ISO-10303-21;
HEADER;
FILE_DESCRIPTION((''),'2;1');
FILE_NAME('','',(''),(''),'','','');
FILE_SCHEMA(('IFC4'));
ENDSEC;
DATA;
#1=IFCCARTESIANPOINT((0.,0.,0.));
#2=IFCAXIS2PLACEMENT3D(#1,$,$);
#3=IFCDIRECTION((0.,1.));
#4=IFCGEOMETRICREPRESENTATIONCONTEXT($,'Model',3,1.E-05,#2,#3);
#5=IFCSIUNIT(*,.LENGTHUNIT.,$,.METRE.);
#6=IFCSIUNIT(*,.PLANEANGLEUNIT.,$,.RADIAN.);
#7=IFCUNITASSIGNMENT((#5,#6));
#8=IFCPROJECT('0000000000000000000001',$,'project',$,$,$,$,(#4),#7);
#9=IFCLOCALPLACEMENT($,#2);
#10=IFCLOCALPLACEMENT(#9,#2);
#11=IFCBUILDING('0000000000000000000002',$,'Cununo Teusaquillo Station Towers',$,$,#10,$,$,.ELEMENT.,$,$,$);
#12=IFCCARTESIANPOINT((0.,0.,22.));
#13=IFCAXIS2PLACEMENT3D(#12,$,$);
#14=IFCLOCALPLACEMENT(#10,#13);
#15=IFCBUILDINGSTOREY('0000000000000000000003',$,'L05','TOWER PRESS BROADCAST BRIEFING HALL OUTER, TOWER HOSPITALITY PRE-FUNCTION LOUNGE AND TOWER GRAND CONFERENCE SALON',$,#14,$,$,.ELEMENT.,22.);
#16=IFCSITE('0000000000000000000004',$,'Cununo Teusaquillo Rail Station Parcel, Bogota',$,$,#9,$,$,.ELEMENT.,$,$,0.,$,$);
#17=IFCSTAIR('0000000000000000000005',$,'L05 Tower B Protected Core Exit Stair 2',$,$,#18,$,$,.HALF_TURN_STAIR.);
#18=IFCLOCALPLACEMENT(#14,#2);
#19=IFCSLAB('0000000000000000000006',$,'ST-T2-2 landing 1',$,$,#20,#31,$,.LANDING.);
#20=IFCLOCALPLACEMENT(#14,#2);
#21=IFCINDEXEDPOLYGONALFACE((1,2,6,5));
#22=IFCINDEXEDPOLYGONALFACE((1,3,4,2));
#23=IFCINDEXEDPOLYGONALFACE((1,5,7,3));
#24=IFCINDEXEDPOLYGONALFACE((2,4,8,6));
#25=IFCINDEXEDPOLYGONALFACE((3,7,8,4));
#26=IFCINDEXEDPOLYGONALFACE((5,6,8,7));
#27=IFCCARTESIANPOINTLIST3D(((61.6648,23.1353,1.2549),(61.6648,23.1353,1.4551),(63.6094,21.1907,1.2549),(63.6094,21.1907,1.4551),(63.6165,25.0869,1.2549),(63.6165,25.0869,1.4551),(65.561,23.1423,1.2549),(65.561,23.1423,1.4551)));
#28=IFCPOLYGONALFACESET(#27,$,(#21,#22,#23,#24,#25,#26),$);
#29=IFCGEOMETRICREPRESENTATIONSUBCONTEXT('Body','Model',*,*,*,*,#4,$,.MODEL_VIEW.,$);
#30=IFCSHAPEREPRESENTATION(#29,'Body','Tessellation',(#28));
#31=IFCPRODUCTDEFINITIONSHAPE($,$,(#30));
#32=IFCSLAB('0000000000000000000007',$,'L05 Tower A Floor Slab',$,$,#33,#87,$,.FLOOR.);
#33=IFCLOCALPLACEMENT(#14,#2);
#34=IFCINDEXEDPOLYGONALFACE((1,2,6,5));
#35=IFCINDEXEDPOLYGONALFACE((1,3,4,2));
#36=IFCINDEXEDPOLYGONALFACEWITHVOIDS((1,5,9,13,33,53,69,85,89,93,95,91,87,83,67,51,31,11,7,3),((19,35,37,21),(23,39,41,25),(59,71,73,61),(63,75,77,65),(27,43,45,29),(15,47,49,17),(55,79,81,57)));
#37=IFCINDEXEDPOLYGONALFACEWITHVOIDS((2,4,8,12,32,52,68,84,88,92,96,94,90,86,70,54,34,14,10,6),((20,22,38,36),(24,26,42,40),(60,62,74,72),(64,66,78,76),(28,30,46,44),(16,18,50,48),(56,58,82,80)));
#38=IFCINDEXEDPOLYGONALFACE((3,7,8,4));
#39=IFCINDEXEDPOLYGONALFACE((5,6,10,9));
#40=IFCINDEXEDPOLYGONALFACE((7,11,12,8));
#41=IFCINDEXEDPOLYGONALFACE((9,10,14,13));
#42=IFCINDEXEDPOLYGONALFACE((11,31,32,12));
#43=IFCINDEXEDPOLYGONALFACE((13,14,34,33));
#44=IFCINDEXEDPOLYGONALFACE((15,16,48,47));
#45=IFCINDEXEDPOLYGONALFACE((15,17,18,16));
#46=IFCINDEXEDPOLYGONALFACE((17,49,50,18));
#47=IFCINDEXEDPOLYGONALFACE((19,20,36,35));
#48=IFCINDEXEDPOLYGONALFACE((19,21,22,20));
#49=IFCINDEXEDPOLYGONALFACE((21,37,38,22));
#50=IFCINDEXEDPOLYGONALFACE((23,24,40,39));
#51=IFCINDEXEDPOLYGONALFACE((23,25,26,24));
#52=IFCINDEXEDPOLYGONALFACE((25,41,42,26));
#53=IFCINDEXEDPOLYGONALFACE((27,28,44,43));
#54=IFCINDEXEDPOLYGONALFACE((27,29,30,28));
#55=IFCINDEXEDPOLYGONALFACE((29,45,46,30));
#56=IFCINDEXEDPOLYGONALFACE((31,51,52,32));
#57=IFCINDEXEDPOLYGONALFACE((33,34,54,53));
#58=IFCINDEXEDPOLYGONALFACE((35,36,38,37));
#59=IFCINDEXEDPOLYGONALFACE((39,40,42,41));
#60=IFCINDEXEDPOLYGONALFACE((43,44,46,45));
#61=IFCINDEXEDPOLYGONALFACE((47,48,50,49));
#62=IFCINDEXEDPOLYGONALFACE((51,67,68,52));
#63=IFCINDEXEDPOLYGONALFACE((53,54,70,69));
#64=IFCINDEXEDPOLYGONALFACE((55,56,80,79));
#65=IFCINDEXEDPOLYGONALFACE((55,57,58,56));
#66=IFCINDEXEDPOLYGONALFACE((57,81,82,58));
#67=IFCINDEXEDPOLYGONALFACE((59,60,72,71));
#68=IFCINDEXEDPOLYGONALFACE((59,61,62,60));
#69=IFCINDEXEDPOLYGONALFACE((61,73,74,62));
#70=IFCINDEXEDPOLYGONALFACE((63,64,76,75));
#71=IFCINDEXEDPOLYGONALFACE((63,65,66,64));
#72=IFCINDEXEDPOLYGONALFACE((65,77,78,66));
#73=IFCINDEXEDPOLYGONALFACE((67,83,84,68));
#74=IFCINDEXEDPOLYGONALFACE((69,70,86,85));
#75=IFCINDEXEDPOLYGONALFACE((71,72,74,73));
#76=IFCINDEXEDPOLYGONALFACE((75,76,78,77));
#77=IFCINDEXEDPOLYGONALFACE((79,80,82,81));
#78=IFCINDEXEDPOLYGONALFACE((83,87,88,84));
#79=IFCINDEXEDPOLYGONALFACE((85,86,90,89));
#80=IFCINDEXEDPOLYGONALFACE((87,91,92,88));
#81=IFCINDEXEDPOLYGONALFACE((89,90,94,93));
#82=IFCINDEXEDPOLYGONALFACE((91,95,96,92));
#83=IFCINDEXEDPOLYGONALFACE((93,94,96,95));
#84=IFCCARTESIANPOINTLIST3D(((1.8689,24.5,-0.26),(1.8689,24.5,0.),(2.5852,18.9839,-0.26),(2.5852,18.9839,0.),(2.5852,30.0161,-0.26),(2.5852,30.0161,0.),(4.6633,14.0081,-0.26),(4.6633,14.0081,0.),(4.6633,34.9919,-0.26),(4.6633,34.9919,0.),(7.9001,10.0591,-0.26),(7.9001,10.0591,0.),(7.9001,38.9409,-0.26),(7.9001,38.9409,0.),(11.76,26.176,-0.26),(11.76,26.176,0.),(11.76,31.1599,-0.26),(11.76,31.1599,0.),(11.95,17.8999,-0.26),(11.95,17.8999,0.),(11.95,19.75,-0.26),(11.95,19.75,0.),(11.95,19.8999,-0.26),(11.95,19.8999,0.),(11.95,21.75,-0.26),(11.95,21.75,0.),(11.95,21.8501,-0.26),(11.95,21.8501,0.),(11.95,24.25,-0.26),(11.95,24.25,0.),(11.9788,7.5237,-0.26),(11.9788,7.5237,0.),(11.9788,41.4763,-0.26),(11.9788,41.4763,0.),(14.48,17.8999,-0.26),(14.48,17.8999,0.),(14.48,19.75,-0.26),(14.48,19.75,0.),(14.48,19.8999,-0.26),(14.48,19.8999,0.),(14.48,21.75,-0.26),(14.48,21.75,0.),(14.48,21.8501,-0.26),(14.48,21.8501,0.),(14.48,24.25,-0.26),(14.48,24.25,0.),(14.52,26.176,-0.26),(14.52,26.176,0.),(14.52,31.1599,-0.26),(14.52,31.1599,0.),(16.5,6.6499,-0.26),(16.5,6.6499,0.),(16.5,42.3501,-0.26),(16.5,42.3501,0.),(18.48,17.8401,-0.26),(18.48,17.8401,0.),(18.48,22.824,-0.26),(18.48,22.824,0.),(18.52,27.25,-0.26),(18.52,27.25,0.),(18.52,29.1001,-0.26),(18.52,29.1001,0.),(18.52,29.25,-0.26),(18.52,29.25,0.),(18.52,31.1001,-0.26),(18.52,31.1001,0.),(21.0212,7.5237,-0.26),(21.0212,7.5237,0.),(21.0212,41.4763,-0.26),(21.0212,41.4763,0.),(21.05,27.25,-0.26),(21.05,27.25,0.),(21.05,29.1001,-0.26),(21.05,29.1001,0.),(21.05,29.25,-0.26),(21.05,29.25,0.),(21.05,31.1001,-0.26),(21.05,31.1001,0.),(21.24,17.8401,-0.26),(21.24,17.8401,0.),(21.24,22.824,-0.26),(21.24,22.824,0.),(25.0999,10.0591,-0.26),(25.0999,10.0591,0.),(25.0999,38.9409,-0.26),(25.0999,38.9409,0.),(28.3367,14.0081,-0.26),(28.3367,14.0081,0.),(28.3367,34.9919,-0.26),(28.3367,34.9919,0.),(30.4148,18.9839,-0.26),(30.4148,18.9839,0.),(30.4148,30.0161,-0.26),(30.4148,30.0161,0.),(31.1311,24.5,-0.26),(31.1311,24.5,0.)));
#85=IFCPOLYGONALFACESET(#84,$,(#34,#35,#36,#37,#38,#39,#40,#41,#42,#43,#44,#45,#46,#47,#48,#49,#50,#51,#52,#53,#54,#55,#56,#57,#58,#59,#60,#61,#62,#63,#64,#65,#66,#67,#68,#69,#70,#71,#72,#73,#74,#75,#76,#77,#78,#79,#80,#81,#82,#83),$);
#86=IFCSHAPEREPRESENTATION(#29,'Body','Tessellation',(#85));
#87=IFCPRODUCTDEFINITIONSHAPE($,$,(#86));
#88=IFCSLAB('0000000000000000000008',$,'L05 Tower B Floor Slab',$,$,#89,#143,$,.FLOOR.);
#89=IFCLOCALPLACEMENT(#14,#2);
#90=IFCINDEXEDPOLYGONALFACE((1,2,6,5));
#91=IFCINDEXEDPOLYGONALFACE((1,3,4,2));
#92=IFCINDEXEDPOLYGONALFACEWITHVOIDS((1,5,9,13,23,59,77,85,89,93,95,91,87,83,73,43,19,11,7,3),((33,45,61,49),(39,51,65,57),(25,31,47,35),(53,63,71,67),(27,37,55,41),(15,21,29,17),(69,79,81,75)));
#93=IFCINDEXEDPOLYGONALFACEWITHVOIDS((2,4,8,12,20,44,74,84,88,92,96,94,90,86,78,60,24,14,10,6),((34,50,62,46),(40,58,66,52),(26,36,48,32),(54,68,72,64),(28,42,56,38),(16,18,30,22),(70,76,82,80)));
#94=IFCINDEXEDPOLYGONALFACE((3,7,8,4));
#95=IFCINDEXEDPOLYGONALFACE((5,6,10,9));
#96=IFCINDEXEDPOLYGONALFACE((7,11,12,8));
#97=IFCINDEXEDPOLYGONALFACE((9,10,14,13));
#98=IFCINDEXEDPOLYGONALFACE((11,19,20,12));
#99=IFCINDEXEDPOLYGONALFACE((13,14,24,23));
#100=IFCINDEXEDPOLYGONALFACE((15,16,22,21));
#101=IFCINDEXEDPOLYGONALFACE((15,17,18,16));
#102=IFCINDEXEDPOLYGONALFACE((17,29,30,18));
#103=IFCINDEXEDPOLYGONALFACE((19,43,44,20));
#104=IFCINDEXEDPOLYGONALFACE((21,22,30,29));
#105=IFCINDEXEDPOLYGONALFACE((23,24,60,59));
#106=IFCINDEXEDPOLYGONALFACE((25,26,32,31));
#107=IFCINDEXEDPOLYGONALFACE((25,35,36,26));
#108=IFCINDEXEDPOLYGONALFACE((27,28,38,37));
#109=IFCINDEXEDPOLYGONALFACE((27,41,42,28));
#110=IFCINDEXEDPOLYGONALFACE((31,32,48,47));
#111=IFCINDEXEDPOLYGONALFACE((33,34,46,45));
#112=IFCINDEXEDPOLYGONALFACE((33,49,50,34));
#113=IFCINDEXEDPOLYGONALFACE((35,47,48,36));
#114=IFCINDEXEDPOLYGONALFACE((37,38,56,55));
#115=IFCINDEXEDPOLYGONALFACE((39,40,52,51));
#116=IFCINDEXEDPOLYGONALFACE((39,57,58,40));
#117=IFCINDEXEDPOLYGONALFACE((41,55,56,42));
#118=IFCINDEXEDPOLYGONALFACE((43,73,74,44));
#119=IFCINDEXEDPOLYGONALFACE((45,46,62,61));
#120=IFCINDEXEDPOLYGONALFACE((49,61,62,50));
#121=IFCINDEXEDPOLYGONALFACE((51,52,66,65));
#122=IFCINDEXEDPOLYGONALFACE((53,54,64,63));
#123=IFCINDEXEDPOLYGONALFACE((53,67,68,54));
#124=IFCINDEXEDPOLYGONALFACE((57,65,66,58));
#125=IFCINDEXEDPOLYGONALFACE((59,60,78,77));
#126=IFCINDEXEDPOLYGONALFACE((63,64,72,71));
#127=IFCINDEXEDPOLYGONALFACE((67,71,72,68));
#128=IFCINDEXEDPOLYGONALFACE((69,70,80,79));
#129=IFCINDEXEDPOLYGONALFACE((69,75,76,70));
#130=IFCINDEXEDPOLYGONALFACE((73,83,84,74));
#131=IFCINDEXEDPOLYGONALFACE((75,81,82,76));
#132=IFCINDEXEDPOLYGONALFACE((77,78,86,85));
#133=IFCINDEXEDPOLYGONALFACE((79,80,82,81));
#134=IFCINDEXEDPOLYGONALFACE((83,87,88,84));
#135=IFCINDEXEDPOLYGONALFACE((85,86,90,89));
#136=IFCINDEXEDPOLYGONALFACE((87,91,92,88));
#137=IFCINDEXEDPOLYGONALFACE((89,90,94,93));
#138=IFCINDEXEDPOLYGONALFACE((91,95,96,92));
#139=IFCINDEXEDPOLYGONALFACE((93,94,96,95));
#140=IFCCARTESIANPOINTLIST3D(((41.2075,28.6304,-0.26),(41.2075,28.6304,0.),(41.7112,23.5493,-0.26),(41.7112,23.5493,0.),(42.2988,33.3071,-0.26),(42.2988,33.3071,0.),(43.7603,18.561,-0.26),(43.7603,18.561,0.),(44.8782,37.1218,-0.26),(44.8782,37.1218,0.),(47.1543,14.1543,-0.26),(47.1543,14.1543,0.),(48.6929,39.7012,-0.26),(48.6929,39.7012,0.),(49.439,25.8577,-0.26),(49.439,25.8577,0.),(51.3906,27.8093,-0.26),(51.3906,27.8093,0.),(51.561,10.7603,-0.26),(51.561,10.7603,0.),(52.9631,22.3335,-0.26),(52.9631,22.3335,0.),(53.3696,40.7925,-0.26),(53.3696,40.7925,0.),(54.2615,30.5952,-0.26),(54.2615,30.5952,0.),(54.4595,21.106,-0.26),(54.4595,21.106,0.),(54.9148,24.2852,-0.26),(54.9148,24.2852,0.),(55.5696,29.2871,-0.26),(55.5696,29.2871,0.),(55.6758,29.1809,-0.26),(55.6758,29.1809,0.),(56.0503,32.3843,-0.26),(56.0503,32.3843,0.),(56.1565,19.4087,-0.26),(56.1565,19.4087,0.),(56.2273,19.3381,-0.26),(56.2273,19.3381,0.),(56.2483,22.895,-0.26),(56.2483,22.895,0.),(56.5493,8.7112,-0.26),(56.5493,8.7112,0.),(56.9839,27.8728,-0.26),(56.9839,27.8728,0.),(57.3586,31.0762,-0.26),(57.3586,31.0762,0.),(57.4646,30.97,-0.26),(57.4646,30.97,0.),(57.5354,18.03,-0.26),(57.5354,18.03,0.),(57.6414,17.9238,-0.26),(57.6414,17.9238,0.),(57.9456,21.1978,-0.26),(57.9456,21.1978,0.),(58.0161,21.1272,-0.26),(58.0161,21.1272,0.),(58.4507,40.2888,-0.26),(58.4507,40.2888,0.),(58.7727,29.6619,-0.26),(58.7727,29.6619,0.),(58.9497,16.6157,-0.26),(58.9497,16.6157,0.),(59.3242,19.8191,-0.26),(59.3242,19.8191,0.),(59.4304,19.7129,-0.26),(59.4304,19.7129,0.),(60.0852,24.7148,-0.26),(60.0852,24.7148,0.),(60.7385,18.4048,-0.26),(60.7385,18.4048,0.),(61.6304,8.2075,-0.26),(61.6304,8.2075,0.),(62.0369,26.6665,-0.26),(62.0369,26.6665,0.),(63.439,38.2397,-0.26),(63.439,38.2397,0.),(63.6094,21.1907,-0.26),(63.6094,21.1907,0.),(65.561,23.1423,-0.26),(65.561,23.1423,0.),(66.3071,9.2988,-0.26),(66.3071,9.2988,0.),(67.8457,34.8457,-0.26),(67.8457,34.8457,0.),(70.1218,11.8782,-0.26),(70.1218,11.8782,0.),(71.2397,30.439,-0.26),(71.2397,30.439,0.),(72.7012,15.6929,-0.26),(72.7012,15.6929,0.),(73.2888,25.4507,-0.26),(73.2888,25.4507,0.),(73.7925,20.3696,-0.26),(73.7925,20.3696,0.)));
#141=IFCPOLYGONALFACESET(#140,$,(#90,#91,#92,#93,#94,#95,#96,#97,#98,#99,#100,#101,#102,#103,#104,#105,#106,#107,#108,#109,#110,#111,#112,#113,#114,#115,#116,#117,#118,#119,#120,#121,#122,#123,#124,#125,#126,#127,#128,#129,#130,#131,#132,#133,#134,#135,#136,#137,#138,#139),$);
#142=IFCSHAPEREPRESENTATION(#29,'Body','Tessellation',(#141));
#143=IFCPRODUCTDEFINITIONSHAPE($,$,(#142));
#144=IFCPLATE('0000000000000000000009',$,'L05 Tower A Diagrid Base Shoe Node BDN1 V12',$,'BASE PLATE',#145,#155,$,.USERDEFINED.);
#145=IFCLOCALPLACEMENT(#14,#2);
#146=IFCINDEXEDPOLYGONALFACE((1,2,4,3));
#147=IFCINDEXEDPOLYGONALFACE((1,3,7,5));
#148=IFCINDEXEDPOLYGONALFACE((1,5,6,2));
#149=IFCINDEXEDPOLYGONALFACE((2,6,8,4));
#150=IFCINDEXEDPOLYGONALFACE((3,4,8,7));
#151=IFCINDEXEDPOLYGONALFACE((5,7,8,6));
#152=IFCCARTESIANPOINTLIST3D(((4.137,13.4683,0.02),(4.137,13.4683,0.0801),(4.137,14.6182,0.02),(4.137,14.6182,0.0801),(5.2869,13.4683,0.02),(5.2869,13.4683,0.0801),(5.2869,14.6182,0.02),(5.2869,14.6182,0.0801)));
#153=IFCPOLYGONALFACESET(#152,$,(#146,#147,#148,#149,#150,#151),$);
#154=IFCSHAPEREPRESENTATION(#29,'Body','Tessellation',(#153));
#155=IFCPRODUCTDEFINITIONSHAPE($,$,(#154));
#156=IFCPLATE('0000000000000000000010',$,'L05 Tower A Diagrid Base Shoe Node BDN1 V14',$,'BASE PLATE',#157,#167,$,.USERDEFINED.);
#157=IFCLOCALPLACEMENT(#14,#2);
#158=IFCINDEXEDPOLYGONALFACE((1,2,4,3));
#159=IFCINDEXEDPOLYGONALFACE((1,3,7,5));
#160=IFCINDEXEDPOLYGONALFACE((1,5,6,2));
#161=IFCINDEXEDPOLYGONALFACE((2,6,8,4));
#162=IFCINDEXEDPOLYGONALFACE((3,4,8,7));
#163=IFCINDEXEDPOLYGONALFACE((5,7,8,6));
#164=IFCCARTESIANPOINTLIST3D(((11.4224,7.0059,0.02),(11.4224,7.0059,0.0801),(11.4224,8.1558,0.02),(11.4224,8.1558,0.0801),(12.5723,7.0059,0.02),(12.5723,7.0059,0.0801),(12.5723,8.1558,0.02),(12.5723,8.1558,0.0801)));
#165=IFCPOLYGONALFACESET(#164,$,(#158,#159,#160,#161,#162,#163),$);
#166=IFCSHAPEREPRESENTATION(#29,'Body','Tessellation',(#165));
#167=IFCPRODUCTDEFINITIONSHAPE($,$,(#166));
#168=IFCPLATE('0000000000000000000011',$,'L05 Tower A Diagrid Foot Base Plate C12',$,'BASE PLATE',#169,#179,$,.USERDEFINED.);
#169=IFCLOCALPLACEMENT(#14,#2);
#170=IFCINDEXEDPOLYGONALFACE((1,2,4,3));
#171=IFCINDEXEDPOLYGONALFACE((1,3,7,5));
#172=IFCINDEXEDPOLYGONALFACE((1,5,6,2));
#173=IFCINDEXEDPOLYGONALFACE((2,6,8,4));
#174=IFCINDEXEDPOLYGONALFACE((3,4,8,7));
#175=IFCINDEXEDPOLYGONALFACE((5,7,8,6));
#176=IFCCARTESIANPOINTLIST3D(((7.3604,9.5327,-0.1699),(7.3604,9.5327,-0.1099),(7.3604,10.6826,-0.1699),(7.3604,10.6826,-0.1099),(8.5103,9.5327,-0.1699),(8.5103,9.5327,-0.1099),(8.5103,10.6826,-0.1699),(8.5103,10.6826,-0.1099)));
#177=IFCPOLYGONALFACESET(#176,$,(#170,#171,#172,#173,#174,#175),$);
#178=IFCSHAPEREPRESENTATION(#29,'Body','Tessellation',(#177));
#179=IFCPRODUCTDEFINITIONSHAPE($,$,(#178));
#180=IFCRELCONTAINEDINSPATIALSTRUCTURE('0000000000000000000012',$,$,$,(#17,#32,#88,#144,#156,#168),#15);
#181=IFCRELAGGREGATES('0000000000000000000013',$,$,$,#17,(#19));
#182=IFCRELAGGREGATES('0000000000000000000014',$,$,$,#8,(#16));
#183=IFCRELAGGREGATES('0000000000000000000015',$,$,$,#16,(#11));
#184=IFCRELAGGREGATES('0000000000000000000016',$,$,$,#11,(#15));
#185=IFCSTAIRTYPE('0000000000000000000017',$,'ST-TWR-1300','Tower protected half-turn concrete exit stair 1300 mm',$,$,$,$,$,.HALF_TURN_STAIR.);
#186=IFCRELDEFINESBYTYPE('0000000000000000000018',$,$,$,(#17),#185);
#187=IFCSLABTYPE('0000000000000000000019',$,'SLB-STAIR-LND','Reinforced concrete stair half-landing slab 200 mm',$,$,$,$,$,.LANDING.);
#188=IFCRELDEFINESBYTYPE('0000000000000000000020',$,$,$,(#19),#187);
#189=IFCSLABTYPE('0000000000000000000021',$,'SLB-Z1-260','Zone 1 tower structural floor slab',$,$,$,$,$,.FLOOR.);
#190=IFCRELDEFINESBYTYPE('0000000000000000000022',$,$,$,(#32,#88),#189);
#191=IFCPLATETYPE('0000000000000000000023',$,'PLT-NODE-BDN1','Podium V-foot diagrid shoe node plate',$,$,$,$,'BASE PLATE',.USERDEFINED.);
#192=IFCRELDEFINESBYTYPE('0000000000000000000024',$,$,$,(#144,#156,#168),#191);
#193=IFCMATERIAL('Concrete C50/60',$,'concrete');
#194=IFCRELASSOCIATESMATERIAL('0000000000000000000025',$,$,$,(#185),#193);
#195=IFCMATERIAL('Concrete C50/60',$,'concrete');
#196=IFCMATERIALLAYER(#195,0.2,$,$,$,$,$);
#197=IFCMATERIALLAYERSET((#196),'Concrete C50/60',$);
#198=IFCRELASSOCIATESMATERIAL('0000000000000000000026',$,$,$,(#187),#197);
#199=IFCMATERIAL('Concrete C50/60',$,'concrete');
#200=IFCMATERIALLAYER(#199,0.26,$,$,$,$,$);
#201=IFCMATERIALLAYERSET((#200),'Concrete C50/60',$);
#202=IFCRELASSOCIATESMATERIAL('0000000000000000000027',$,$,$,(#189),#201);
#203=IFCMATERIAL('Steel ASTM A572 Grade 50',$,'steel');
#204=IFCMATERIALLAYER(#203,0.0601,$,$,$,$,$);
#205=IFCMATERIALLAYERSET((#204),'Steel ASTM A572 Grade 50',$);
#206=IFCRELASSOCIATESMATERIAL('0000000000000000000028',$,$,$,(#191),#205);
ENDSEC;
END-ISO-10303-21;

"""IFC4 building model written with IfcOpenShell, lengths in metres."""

from ifc_helpers import new_model, si_unit, direction, frame, origin, origin_2d, place, context, subcontext, project, spatial, polyline, rectangle, outline, extrude, source, transform, mapped, material, layer, layer_set, type_object, element, aggregate, save


model = new_model("IFC4")

# Units and contexts
model_context = context("Model", 3, precision=1e-05, world=origin(), true_north=direction((0.0, 1.0)))
body_context = subcontext(model_context, "Body", "Model", "MODEL_VIEW")
ifc_project = project(units=[si_unit("LENGTHUNIT", "METRE"), si_unit("PLANEANGLEUNIT", "RADIAN")], contexts=[model_context])

# Site, building, storey
site_placement = place(None, origin())
site = spatial("IfcSite", under=ifc_project, at=site_placement, Name="Cununo Teusaquillo Rail Station Parcel, Bogota", CompositionType="ELEMENT", RefElevation=0.0)
building_placement = place(site_placement, origin())
building = spatial("IfcBuilding", under=site, at=building_placement, Name="Cununo Teusaquillo Station Towers", CompositionType="ELEMENT")
storey_placement = place(building_placement, frame((0.0, 0.0, 22.0)))
storey = spatial("IfcBuildingStorey", under=building, at=storey_placement, Name="L05", Description="TOWER PRESS BROADCAST BRIEFING HALL OUTER, TOWER HOSPITALITY PRE-FUNCTION LOUNGE AND TOWER GRAND CONFERENCE SALON", CompositionType="ELEMENT", Elevation=22.0)

# Stair, slab
ifc_material_1 = material(Name="Concrete C50/60", Category="concrete")
stair_type = type_object("IfcStairType", Name="ST-TWR-1300", Description="Tower protected half-turn concrete exit stair 1300 mm", PredefinedType="HALF_TURN_STAIR", material=ifc_material_1)
ifc_material_2 = material(Name="Concrete C50/60", Category="concrete")
ifc_layer_1 = layer(ifc_material_2, 0.2)
ifc_layer_set_1 = layer_set([ifc_layer_1], Name="Concrete C50/60")
slab_type_1 = type_object("IfcSlabType", Name="SLB-STAIR-LND", Description="Reinforced concrete stair half-landing slab 200 mm", PredefinedType="LANDING", material=ifc_layer_set_1)
stair_1_placement = place(storey_placement, origin())
stair_1 = element("IfcStair", 1, at=stair_1_placement, inside=storey, type_object=stair_type, Name="L05 Tower B Protected Core Exit Stair 2", PredefinedType="HALF_TURN_STAIR")
slab_1_placement = place(storey_placement, frame((0.0, 0.0, 1.2549)))
slab_1 = element("IfcSlab", 2, at=slab_1_placement, type_object=slab_type_1, Name="ST-T2-2 landing 1", PredefinedType="LANDING", context=body_context, shape_type="SweptSolid", body=[
    extrude(outline(polyline([(61.6648, 23.1353), (63.6094, 21.1907), (65.561, 23.1423), (63.6165, 25.0869), (61.6648, 23.1353)])), origin(), (0.0, 0.0, 1.0), 0.2002),
])
aggregate(stair_1, [slab_1])

# Slabs
ifc_material_3 = material(Name="Concrete C50/60", Category="concrete")
ifc_layer_2 = layer(ifc_material_3, 0.26)
ifc_layer_set_2 = layer_set([ifc_layer_2], Name="Concrete C50/60")
slab_type_2 = type_object("IfcSlabType", Name="SLB-Z1-260", Description="Zone 1 tower structural floor slab", PredefinedType="FLOOR", material=ifc_layer_set_2)
slab_2_placement = place(storey_placement, frame((0.0, 0.0, -0.26)))
element("IfcSlab", 3, at=slab_2_placement, inside=storey, type_object=slab_type_2, Name="L05 Tower A Floor Slab", PredefinedType="FLOOR", context=body_context, shape_type="SweptSolid", body=[
    extrude(outline(polyline([(31.1311, 24.5), (30.4148, 30.0161), (28.3367, 34.9919), (25.0999, 38.9409), (21.0212, 41.4763), (16.5, 42.3501), (11.9788, 41.4763), (7.9001, 38.9409), (4.6633, 34.9919), (2.5852, 30.0161), (1.8689, 24.5), (2.5852, 18.9839), (4.6633, 14.0081), (7.9001, 10.0591), (11.9788, 7.5237), (16.5, 6.6499), (21.0212, 7.5237), (25.0999, 10.0591), (28.3367, 14.0081), (30.4148, 18.9839), (31.1311, 24.5)]), holes=[polyline([(14.52, 26.176), (14.52, 31.1599), (11.76, 31.1599), (11.76, 26.176), (14.52, 26.176)]), polyline([(18.48, 22.824), (18.48, 17.8401), (21.24, 17.8401), (21.24, 22.824), (18.48, 22.824)]), polyline([(11.95, 21.8501), (14.48, 21.8501), (14.48, 24.25), (11.95, 24.25), (11.95, 21.8501)]), polyline([(11.95, 17.8999), (14.48, 17.8999), (14.48, 19.75), (11.95, 19.75), (11.95, 17.8999)]), polyline([(11.95, 19.8999), (14.48, 19.8999), (14.48, 21.75), (11.95, 21.75), (11.95, 19.8999)]), polyline([(18.52, 27.25), (21.05, 27.25), (21.05, 29.1001), (18.52, 29.1001), (18.52, 27.25)]), polyline([(18.52, 29.25), (21.05, 29.25), (21.05, 31.1001), (18.52, 31.1001), (18.52, 29.25)])]), origin(), (0.0, 0.0, 1.0), 0.26),
])
slab_3_placement = place(storey_placement, frame((0.0, 0.0, -0.26)))
element("IfcSlab", 4, at=slab_3_placement, inside=storey, type_object=slab_type_2, Name="L05 Tower B Floor Slab", PredefinedType="FLOOR", context=body_context, shape_type="SweptSolid", body=[
    extrude(outline(polyline([(67.8457, 34.8457), (63.439, 38.2397), (58.4507, 40.2888), (53.3696, 40.7925), (48.6929, 39.7012), (44.8782, 37.1218), (42.2988, 33.3071), (41.2075, 28.6304), (41.7112, 23.5493), (43.7603, 18.561), (47.1543, 14.1543), (51.561, 10.7603), (56.5493, 8.7112), (61.6304, 8.2075), (66.3071, 9.2988), (70.1218, 11.8782), (72.7012, 15.6929), (73.7925, 20.3696), (73.2888, 25.4507), (71.2397, 30.439), (67.8457, 34.8457)]), holes=[polyline([(54.9148, 24.2852), (51.3906, 27.8093), (49.439, 25.8577), (52.9631, 22.3335), (54.9148, 24.2852)]), polyline([(60.0852, 24.7148), (63.6094, 21.1907), (65.561, 23.1423), (62.0369, 26.6665), (60.0852, 24.7148)]), polyline([(56.1565, 19.4087), (57.9456, 21.1978), (56.2483, 22.895), (54.4595, 21.106), (56.1565, 19.4087)]), polyline([(58.9497, 16.6157), (60.7385, 18.4048), (59.4304, 19.7129), (57.6414, 17.9238), (58.9497, 16.6157)]), polyline([(57.5354, 18.03), (59.3242, 19.8191), (58.0161, 21.1272), (56.2273, 19.3381), (57.5354, 18.03)]), polyline([(56.9839, 27.8728), (58.7727, 29.6619), (57.4646, 30.97), (55.6758, 29.1809), (56.9839, 27.8728)]), polyline([(55.5696, 29.2871), (57.3586, 31.0762), (56.0503, 32.3843), (54.2615, 30.5952), (55.5696, 29.2871)])]), origin(), (0.0, 0.0, 1.0), 0.26),
])

# Plates
ifc_material_4 = material(Name="Steel ASTM A572 Grade 50", Category="steel")
ifc_layer_3 = layer(ifc_material_4, 0.0601)
ifc_layer_set_3 = layer_set([ifc_layer_3], Name="Steel ASTM A572 Grade 50")
plate_type = type_object("IfcPlateType", Name="PLT-NODE-BDN1", Description="Podium V-foot diagrid shoe node plate", ElementType="BASE PLATE", PredefinedType="USERDEFINED", material=ifc_layer_set_3)
shared_shape_1 = source(origin(), body_context, "Body", "SweptSolid", [
    extrude(rectangle(XDim=1.1499, YDim=1.1499, at=origin_2d()), origin(), (0.0, 0.0, 1.0), 0.0601),
])
for number, where, z_axis, x_axis, name in (
    (5, (4.7119, 14.0432, 0.02), (0.0, 0.0, 1.0), (1.0, 0.0, 0.0), "L05 Tower A Diagrid Base Shoe Node BDN1 V12"),
    (6, (11.9973, 7.5808, 0.02), (0.0, 0.0, 1.0), (1.0, 0.0, 0.0), "L05 Tower A Diagrid Base Shoe Node BDN1 V14"),
    (7, (7.9353, 10.1077, -0.1699), (0.0, 0.0, 1.0), (1.0, 0.0, 0.0), "L05 Tower A Diagrid Foot Base Plate C12"),
):
    element("IfcPlate", number, at=place(storey_placement, frame(where, z_axis=z_axis, x_axis=x_axis)), inside=storey, type_object=plate_type, Name=name, ObjectType="BASE PLATE", PredefinedType="USERDEFINED", context=body_context, shape_type="MappedRepresentation", body=[
        mapped(shared_shape_1, transform((0.0, 0.0, 0.0), x_axis=(1.0, 0.0, 0.0), y_axis=(0.0, 1.0, 0.0), z_axis=(0.0, 0.0, 1.0), scale=1.0)),
    ])

save(model, "model.ifc")
